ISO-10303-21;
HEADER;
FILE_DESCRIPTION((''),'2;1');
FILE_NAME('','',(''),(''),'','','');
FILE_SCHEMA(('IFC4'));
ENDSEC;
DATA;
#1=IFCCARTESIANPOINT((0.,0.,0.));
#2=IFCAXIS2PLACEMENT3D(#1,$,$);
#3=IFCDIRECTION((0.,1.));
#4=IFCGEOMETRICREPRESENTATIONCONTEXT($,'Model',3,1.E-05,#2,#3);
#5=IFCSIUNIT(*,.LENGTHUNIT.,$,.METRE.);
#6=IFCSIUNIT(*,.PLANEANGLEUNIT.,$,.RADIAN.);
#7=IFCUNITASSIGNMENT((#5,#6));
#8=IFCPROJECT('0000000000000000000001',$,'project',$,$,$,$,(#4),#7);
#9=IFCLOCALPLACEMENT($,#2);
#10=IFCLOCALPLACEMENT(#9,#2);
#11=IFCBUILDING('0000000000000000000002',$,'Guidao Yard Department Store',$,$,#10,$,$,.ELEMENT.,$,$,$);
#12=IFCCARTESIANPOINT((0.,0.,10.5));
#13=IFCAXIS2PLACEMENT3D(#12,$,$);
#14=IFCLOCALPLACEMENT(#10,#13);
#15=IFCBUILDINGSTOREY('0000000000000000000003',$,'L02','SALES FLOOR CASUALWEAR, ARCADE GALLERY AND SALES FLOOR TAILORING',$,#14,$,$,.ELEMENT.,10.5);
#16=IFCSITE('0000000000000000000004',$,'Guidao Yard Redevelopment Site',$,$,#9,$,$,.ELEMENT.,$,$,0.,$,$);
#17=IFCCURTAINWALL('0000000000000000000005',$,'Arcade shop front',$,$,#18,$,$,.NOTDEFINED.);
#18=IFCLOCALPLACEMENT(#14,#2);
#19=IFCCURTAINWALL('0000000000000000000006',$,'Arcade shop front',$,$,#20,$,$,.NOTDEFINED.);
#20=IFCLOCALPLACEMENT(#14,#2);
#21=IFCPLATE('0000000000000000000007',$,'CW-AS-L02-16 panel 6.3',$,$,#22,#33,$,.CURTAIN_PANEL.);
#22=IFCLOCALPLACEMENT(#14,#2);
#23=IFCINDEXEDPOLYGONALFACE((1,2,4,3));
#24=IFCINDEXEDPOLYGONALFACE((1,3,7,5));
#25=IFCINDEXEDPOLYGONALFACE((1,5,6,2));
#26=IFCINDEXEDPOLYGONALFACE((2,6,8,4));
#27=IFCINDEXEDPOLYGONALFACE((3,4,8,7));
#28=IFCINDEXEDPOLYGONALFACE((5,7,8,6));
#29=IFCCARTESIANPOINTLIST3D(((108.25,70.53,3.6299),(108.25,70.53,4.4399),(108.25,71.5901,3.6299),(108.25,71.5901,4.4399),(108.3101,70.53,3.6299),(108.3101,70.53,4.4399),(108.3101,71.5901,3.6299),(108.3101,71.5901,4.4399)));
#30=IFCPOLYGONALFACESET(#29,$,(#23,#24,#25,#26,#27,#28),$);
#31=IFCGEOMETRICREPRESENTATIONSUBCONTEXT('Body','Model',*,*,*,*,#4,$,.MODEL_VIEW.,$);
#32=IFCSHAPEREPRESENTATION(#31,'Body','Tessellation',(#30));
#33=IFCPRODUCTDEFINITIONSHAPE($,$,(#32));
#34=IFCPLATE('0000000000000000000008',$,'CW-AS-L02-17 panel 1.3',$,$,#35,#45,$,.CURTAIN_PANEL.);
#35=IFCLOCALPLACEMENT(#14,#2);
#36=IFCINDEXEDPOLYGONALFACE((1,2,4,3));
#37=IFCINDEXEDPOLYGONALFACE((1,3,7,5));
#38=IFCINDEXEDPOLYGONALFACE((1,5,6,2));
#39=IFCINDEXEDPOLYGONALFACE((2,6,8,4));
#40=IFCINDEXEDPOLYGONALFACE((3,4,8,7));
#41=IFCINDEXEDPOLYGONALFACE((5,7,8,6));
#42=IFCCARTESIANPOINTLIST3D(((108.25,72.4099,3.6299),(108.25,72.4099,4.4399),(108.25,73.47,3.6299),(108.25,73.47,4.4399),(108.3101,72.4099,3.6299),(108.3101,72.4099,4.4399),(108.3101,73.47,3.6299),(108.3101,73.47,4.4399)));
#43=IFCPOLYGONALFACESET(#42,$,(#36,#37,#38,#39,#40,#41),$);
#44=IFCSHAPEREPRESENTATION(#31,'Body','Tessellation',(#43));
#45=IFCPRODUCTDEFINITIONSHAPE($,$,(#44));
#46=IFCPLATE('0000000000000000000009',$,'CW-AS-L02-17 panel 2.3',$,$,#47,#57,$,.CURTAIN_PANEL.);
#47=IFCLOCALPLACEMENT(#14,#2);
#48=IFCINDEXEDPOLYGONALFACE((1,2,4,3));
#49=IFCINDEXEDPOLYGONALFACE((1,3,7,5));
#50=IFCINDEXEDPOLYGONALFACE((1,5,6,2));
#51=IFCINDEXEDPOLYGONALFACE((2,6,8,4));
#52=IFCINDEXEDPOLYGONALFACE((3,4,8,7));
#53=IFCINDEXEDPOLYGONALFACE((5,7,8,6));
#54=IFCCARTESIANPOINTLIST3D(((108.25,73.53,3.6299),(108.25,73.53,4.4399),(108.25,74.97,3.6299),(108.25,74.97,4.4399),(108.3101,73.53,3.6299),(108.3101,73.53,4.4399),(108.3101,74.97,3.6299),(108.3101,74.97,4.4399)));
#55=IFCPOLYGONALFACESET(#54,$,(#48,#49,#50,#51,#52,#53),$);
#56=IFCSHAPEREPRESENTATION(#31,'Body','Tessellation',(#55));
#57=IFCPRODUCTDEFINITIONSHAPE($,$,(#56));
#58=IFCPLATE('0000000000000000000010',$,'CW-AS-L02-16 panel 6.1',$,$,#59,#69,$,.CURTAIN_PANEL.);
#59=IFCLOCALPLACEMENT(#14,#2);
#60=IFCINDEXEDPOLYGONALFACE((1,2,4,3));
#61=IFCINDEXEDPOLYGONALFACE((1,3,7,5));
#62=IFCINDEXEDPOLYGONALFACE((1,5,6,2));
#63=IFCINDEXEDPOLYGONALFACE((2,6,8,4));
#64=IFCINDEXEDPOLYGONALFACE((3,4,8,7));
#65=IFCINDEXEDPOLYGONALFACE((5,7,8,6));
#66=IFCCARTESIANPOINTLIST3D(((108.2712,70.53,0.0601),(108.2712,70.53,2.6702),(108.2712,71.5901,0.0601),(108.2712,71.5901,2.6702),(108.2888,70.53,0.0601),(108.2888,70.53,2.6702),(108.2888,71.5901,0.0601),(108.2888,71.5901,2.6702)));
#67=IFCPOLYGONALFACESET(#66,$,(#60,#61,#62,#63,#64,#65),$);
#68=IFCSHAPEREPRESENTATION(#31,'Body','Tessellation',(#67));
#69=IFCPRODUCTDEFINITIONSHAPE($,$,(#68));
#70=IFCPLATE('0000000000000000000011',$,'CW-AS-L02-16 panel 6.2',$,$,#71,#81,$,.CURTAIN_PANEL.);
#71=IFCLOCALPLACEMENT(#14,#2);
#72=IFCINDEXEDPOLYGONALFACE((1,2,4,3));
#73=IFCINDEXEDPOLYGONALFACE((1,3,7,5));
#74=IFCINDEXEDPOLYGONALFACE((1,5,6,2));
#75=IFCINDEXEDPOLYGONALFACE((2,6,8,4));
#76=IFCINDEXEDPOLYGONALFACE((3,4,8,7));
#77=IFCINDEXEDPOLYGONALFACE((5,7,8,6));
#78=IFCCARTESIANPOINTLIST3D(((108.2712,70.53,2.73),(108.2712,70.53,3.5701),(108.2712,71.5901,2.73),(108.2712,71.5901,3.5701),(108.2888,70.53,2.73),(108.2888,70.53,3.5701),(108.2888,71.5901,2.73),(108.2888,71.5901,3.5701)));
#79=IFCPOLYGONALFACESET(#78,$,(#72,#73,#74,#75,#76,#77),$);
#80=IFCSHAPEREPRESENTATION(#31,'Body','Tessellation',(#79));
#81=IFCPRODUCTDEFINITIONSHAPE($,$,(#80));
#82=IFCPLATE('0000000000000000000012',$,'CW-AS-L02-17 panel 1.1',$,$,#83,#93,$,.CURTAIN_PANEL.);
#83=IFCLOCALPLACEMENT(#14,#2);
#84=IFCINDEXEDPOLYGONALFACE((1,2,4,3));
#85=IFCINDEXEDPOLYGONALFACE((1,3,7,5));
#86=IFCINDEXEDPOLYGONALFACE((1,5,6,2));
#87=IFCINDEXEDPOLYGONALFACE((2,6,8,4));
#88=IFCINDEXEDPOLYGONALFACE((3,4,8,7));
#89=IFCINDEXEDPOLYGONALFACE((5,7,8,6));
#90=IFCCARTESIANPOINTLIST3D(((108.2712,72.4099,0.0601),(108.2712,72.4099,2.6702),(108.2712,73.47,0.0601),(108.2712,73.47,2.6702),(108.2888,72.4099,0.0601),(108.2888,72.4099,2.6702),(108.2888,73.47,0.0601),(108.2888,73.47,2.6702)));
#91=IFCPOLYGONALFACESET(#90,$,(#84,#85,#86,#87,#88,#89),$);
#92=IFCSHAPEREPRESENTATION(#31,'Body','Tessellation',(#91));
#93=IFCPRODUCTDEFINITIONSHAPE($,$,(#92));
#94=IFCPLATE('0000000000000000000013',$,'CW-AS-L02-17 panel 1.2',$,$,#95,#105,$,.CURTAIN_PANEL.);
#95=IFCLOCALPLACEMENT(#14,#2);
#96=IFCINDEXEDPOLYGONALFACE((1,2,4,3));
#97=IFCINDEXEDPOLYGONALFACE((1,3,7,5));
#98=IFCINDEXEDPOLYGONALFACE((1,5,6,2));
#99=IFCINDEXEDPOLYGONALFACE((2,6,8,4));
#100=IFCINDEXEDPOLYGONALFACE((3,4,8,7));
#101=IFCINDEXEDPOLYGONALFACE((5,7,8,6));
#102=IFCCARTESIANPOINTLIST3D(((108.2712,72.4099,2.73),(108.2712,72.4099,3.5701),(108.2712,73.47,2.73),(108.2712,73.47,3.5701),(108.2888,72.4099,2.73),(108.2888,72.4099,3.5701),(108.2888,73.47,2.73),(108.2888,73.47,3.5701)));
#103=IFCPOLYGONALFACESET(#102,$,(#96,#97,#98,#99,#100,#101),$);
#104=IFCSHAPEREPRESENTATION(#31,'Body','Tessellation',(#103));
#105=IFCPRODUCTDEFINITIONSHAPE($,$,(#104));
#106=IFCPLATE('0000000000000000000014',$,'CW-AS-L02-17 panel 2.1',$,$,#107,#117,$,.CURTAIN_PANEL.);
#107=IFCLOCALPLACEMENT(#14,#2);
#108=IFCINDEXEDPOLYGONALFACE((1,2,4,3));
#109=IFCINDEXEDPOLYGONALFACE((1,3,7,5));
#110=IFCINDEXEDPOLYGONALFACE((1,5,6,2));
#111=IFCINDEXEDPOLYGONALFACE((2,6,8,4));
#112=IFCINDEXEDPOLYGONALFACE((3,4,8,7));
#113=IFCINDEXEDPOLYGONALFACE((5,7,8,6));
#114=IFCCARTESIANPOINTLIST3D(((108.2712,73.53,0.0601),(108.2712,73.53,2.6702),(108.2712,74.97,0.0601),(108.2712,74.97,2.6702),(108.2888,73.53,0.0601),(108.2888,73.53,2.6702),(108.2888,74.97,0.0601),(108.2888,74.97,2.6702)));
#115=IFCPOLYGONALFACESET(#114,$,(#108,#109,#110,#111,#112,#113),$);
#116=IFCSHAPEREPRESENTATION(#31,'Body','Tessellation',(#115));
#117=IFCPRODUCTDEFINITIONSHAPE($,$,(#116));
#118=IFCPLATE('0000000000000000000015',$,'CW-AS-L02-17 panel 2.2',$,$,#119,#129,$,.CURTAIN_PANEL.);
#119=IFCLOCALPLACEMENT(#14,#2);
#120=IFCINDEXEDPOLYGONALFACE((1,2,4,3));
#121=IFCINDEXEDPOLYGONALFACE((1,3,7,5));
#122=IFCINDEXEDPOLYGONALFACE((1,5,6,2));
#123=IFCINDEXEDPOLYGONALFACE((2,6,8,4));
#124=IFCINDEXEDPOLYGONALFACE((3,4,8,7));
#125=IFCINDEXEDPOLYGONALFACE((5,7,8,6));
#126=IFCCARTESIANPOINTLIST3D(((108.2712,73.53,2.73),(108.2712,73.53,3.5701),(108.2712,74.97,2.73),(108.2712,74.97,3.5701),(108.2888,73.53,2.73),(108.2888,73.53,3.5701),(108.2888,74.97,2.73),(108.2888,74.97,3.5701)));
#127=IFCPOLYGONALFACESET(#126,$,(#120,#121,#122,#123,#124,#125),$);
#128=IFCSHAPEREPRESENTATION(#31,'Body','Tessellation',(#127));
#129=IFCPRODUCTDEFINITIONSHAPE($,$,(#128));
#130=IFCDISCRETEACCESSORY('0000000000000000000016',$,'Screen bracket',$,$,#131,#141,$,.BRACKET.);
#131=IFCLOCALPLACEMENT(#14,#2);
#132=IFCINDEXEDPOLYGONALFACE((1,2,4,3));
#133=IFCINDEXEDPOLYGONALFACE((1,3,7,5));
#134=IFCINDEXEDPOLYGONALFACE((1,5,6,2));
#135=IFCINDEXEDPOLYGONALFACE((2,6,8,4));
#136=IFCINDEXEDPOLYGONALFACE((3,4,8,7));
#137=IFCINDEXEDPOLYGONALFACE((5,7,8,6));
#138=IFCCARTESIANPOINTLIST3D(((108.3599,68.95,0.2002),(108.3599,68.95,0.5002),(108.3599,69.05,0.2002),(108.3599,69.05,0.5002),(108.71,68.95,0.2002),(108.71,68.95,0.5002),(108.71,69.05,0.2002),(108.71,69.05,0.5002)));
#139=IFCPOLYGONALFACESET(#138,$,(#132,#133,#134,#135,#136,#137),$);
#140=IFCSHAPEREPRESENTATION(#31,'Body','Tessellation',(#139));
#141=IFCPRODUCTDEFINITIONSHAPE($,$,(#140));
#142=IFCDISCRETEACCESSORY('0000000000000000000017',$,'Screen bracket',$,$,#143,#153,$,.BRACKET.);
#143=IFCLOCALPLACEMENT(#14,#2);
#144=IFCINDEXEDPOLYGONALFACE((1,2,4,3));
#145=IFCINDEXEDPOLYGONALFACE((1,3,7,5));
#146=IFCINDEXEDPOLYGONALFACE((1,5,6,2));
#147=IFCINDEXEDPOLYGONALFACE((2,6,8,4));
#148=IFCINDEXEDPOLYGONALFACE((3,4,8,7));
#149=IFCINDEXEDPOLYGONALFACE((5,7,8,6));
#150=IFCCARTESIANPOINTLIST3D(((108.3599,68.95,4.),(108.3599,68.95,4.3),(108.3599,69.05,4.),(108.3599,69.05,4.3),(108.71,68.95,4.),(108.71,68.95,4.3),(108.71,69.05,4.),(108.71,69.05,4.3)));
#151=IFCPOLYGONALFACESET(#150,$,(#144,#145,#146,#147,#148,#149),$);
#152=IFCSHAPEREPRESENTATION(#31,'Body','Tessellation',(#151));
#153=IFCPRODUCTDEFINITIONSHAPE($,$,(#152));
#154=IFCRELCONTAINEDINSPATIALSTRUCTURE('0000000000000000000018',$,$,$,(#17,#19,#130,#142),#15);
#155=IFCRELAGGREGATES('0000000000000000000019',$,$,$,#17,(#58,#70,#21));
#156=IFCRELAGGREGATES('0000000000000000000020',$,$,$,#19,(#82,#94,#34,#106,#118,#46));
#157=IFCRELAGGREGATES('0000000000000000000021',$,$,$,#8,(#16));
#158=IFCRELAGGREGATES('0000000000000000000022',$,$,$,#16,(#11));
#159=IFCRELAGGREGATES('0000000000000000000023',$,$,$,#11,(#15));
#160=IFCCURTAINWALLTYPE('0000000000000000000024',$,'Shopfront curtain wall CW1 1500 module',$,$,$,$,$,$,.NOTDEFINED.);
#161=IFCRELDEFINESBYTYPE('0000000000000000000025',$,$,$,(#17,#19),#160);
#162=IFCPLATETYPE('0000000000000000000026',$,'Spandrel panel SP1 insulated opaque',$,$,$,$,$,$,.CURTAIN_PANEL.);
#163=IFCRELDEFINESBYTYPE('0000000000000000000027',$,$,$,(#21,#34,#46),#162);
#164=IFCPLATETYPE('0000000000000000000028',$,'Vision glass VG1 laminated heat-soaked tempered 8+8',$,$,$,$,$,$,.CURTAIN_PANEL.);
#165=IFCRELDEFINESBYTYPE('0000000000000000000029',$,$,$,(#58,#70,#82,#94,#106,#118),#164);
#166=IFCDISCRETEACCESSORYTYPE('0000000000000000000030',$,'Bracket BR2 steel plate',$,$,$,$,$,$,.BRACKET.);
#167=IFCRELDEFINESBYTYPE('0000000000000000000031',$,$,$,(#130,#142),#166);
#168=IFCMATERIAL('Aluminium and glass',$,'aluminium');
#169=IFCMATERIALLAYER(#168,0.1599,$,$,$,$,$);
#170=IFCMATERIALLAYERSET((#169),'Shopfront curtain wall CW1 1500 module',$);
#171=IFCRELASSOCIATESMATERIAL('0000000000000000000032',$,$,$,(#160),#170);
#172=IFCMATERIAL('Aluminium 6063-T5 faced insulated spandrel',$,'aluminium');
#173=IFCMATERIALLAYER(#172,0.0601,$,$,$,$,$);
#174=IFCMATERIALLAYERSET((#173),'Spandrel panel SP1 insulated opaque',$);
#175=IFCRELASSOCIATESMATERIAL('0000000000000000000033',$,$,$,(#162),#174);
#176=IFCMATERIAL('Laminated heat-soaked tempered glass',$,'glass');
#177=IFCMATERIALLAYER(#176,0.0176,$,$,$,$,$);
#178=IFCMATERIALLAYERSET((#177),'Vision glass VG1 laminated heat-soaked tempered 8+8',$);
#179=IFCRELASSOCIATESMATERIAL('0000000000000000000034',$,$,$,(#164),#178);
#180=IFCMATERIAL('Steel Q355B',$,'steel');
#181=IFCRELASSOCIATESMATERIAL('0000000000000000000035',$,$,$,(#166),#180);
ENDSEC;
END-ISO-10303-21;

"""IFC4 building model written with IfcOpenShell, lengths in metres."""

from ifc_helpers import new_model, si_unit, direction, frame, origin, origin_2d, place, context, subcontext, project, spatial, rectangle, extrude, material, layer, layer_set, type_object, element, aggregate, save


model = new_model("IFC4")

# Units and contexts
model_context = context("Model", 3, precision=1e-05, world=origin(), true_north=direction((0.0, 1.0)))
body_context = subcontext(model_context, "Body", "Model", "MODEL_VIEW")
ifc_project = project(units=[si_unit("LENGTHUNIT", "METRE"), si_unit("PLANEANGLEUNIT", "RADIAN")], contexts=[model_context])

# Site, building, storey
site_placement = place(None, origin())
site = spatial("IfcSite", under=ifc_project, at=site_placement, Name="Guidao Yard Redevelopment Site", CompositionType="ELEMENT", RefElevation=0.0)
building_placement = place(site_placement, origin())
building = spatial("IfcBuilding", under=site, at=building_placement, Name="Guidao Yard Department Store", CompositionType="ELEMENT")
storey_placement = place(building_placement, frame((0.0, 0.0, 10.5)))
storey = spatial("IfcBuildingStorey", under=building, at=storey_placement, Name="L02", Description="SALES FLOOR CASUALWEAR, ARCADE GALLERY AND SALES FLOOR TAILORING", CompositionType="ELEMENT", Elevation=10.5)

# Curtain walls
ifc_material_1 = material(Name="Aluminium and glass", Category="aluminium")
ifc_layer_1 = layer(ifc_material_1, 0.1599)
ifc_layer_set_1 = layer_set([ifc_layer_1], Name="Shopfront curtain wall CW1 1500 module")
curtain_wall_type = type_object("IfcCurtainWallType", Name="Shopfront curtain wall CW1 1500 module", PredefinedType="NOTDEFINED", material=ifc_layer_set_1)
curtain_wall_1_placement = place(storey_placement, origin())
curtain_wall_1 = element("IfcCurtainWall", 1, at=curtain_wall_1_placement, inside=storey, type_object=curtain_wall_type, Name="Arcade shop front", PredefinedType="NOTDEFINED")
curtain_wall_2_placement = place(storey_placement, origin())
curtain_wall_2 = element("IfcCurtainWall", 2, at=curtain_wall_2_placement, inside=storey, type_object=curtain_wall_type, Name="Arcade shop front", PredefinedType="NOTDEFINED")

# Plates
ifc_material_2 = material(Name="Aluminium 6063-T5 faced insulated spandrel", Category="aluminium")
ifc_layer_2 = layer(ifc_material_2, 0.0601)
ifc_layer_set_2 = layer_set([ifc_layer_2], Name="Spandrel panel SP1 insulated opaque")
plate_type_1 = type_object("IfcPlateType", Name="Spandrel panel SP1 insulated opaque", PredefinedType="CURTAIN_PANEL", material=ifc_layer_set_2)
plate_1_placement = place(storey_placement, frame((108.28, 71.0601, 3.6299), z_axis=(0.0, 0.0, 1.0), x_axis=(0.0, -1.0, 0.0)))
plate_1 = element("IfcPlate", 3, at=plate_1_placement, type_object=plate_type_1, Name="CW-AS-L02-16 panel 6.3", PredefinedType="CURTAIN_PANEL", context=body_context, shape_type="SweptSolid", body=[
    extrude(rectangle(XDim=1.0601, YDim=0.0601, at=origin_2d()), origin(), (0.0, 0.0, 1.0), 0.8101),
])
plate_2_placement = place(storey_placement, frame((108.28, 72.9399, 3.6299), z_axis=(0.0, 0.0, 1.0), x_axis=(0.0, -1.0, 0.0)))
plate_2 = element("IfcPlate", 4, at=plate_2_placement, type_object=plate_type_1, Name="CW-AS-L02-17 panel 1.3", PredefinedType="CURTAIN_PANEL", context=body_context, shape_type="SweptSolid", body=[
    extrude(rectangle(XDim=1.0601, YDim=0.0601, at=origin_2d()), origin(), (0.0, 0.0, 1.0), 0.8101),
])
plate_3_placement = place(storey_placement, frame((108.28, 74.25, 3.6299), z_axis=(0.0, 0.0, 1.0), x_axis=(0.0, -1.0, 0.0)))
plate_3 = element("IfcPlate", 5, at=plate_3_placement, type_object=plate_type_1, Name="CW-AS-L02-17 panel 2.3", PredefinedType="CURTAIN_PANEL", context=body_context, shape_type="SweptSolid", body=[
    extrude(rectangle(XDim=1.4399, YDim=0.0601, at=origin_2d()), origin(), (0.0, 0.0, 1.0), 0.8101),
])
ifc_material_3 = material(Name="Laminated heat-soaked tempered glass", Category="glass")
ifc_layer_3 = layer(ifc_material_3, 0.0176)
ifc_layer_set_3 = layer_set([ifc_layer_3], Name="Vision glass VG1 laminated heat-soaked tempered 8+8")
plate_type_2 = type_object("IfcPlateType", Name="Vision glass VG1 laminated heat-soaked tempered 8+8", PredefinedType="CURTAIN_PANEL", material=ifc_layer_set_3)
plate_4_placement = place(storey_placement, frame((108.28, 71.0601, 0.0601), z_axis=(0.0, 0.0, 1.0), x_axis=(0.0, -1.0, 0.0)))
plate_4 = element("IfcPlate", 6, at=plate_4_placement, type_object=plate_type_2, Name="CW-AS-L02-16 panel 6.1", PredefinedType="CURTAIN_PANEL", context=body_context, shape_type="SweptSolid", body=[
    extrude(rectangle(XDim=1.0601, YDim=0.0176, at=origin_2d()), origin(), (0.0, 0.0, 1.0), 2.6101),
])
plate_5_placement = place(storey_placement, frame((108.28, 71.0601, 2.73), z_axis=(0.0, 0.0, 1.0), x_axis=(0.0, -1.0, 0.0)))
plate_5 = element("IfcPlate", 7, at=plate_5_placement, type_object=plate_type_2, Name="CW-AS-L02-16 panel 6.2", PredefinedType="CURTAIN_PANEL", context=body_context, shape_type="SweptSolid", body=[
    extrude(rectangle(XDim=1.0601, YDim=0.0176, at=origin_2d()), origin(), (0.0, 0.0, 1.0), 0.8401),
])
aggregate(curtain_wall_1, [plate_4, plate_5, plate_1])
plate_6_placement = place(storey_placement, frame((108.28, 72.9399, 0.0601), z_axis=(0.0, 0.0, 1.0), x_axis=(0.0, -1.0, 0.0)))
plate_6 = element("IfcPlate", 8, at=plate_6_placement, type_object=plate_type_2, Name="CW-AS-L02-17 panel 1.1", PredefinedType="CURTAIN_PANEL", context=body_context, shape_type="SweptSolid", body=[
    extrude(rectangle(XDim=1.0601, YDim=0.0176, at=origin_2d()), origin(), (0.0, 0.0, 1.0), 2.6101),
])
plate_7_placement = place(storey_placement, frame((108.28, 72.9399, 2.73), z_axis=(0.0, 0.0, 1.0), x_axis=(0.0, -1.0, 0.0)))
plate_7 = element("IfcPlate", 9, at=plate_7_placement, type_object=plate_type_2, Name="CW-AS-L02-17 panel 1.2", PredefinedType="CURTAIN_PANEL", context=body_context, shape_type="SweptSolid", body=[
    extrude(rectangle(XDim=1.0601, YDim=0.0176, at=origin_2d()), origin(), (0.0, 0.0, 1.0), 0.8401),
])
plate_8_placement = place(storey_placement, frame((108.28, 74.25, 0.0601), z_axis=(0.0, 0.0, 1.0), x_axis=(0.0, -1.0, 0.0)))
plate_8 = element("IfcPlate", 10, at=plate_8_placement, type_object=plate_type_2, Name="CW-AS-L02-17 panel 2.1", PredefinedType="CURTAIN_PANEL", context=body_context, shape_type="SweptSolid", body=[
    extrude(rectangle(XDim=1.4399, YDim=0.0176, at=origin_2d()), origin(), (0.0, 0.0, 1.0), 2.6101),
])
plate_9_placement = place(storey_placement, frame((108.28, 74.25, 2.73), z_axis=(0.0, 0.0, 1.0), x_axis=(0.0, -1.0, 0.0)))
plate_9 = element("IfcPlate", 11, at=plate_9_placement, type_object=plate_type_2, Name="CW-AS-L02-17 panel 2.2", PredefinedType="CURTAIN_PANEL", context=body_context, shape_type="SweptSolid", body=[
    extrude(rectangle(XDim=1.4399, YDim=0.0176, at=origin_2d()), origin(), (0.0, 0.0, 1.0), 0.8401),
])
aggregate(curtain_wall_2, [plate_6, plate_7, plate_2, plate_8, plate_9, plate_3])

# Discrete accessories
ifc_material_4 = material(Name="Steel Q355B", Category="steel")
discrete_accessory_type = type_object("IfcDiscreteAccessoryType", Name="Bracket BR2 steel plate", PredefinedType="BRACKET", material=ifc_material_4)
for number, where, z_axis, x_axis, name in (
    (12, (108.5349, 69.0, 0.2002), (0.0, 0.0, 1.0), (0.0, -1.0, 0.0), "Screen bracket"),
    (13, (108.5349, 69.0, 4.0), (0.0, 0.0, 1.0), (0.0, -1.0, 0.0), "Screen bracket"),
):
    element("IfcDiscreteAccessory", number, at=place(storey_placement, frame(where, z_axis=z_axis, x_axis=x_axis)), inside=storey, type_object=discrete_accessory_type, Name=name, PredefinedType="BRACKET", context=body_context, shape_type="SweptSolid", body=[
        extrude(rectangle(XDim=0.1001, YDim=0.3501, at=origin_2d()), origin(), (0.0, 0.0, 1.0), 0.3),
    ])

save(model, "model.ifc")
